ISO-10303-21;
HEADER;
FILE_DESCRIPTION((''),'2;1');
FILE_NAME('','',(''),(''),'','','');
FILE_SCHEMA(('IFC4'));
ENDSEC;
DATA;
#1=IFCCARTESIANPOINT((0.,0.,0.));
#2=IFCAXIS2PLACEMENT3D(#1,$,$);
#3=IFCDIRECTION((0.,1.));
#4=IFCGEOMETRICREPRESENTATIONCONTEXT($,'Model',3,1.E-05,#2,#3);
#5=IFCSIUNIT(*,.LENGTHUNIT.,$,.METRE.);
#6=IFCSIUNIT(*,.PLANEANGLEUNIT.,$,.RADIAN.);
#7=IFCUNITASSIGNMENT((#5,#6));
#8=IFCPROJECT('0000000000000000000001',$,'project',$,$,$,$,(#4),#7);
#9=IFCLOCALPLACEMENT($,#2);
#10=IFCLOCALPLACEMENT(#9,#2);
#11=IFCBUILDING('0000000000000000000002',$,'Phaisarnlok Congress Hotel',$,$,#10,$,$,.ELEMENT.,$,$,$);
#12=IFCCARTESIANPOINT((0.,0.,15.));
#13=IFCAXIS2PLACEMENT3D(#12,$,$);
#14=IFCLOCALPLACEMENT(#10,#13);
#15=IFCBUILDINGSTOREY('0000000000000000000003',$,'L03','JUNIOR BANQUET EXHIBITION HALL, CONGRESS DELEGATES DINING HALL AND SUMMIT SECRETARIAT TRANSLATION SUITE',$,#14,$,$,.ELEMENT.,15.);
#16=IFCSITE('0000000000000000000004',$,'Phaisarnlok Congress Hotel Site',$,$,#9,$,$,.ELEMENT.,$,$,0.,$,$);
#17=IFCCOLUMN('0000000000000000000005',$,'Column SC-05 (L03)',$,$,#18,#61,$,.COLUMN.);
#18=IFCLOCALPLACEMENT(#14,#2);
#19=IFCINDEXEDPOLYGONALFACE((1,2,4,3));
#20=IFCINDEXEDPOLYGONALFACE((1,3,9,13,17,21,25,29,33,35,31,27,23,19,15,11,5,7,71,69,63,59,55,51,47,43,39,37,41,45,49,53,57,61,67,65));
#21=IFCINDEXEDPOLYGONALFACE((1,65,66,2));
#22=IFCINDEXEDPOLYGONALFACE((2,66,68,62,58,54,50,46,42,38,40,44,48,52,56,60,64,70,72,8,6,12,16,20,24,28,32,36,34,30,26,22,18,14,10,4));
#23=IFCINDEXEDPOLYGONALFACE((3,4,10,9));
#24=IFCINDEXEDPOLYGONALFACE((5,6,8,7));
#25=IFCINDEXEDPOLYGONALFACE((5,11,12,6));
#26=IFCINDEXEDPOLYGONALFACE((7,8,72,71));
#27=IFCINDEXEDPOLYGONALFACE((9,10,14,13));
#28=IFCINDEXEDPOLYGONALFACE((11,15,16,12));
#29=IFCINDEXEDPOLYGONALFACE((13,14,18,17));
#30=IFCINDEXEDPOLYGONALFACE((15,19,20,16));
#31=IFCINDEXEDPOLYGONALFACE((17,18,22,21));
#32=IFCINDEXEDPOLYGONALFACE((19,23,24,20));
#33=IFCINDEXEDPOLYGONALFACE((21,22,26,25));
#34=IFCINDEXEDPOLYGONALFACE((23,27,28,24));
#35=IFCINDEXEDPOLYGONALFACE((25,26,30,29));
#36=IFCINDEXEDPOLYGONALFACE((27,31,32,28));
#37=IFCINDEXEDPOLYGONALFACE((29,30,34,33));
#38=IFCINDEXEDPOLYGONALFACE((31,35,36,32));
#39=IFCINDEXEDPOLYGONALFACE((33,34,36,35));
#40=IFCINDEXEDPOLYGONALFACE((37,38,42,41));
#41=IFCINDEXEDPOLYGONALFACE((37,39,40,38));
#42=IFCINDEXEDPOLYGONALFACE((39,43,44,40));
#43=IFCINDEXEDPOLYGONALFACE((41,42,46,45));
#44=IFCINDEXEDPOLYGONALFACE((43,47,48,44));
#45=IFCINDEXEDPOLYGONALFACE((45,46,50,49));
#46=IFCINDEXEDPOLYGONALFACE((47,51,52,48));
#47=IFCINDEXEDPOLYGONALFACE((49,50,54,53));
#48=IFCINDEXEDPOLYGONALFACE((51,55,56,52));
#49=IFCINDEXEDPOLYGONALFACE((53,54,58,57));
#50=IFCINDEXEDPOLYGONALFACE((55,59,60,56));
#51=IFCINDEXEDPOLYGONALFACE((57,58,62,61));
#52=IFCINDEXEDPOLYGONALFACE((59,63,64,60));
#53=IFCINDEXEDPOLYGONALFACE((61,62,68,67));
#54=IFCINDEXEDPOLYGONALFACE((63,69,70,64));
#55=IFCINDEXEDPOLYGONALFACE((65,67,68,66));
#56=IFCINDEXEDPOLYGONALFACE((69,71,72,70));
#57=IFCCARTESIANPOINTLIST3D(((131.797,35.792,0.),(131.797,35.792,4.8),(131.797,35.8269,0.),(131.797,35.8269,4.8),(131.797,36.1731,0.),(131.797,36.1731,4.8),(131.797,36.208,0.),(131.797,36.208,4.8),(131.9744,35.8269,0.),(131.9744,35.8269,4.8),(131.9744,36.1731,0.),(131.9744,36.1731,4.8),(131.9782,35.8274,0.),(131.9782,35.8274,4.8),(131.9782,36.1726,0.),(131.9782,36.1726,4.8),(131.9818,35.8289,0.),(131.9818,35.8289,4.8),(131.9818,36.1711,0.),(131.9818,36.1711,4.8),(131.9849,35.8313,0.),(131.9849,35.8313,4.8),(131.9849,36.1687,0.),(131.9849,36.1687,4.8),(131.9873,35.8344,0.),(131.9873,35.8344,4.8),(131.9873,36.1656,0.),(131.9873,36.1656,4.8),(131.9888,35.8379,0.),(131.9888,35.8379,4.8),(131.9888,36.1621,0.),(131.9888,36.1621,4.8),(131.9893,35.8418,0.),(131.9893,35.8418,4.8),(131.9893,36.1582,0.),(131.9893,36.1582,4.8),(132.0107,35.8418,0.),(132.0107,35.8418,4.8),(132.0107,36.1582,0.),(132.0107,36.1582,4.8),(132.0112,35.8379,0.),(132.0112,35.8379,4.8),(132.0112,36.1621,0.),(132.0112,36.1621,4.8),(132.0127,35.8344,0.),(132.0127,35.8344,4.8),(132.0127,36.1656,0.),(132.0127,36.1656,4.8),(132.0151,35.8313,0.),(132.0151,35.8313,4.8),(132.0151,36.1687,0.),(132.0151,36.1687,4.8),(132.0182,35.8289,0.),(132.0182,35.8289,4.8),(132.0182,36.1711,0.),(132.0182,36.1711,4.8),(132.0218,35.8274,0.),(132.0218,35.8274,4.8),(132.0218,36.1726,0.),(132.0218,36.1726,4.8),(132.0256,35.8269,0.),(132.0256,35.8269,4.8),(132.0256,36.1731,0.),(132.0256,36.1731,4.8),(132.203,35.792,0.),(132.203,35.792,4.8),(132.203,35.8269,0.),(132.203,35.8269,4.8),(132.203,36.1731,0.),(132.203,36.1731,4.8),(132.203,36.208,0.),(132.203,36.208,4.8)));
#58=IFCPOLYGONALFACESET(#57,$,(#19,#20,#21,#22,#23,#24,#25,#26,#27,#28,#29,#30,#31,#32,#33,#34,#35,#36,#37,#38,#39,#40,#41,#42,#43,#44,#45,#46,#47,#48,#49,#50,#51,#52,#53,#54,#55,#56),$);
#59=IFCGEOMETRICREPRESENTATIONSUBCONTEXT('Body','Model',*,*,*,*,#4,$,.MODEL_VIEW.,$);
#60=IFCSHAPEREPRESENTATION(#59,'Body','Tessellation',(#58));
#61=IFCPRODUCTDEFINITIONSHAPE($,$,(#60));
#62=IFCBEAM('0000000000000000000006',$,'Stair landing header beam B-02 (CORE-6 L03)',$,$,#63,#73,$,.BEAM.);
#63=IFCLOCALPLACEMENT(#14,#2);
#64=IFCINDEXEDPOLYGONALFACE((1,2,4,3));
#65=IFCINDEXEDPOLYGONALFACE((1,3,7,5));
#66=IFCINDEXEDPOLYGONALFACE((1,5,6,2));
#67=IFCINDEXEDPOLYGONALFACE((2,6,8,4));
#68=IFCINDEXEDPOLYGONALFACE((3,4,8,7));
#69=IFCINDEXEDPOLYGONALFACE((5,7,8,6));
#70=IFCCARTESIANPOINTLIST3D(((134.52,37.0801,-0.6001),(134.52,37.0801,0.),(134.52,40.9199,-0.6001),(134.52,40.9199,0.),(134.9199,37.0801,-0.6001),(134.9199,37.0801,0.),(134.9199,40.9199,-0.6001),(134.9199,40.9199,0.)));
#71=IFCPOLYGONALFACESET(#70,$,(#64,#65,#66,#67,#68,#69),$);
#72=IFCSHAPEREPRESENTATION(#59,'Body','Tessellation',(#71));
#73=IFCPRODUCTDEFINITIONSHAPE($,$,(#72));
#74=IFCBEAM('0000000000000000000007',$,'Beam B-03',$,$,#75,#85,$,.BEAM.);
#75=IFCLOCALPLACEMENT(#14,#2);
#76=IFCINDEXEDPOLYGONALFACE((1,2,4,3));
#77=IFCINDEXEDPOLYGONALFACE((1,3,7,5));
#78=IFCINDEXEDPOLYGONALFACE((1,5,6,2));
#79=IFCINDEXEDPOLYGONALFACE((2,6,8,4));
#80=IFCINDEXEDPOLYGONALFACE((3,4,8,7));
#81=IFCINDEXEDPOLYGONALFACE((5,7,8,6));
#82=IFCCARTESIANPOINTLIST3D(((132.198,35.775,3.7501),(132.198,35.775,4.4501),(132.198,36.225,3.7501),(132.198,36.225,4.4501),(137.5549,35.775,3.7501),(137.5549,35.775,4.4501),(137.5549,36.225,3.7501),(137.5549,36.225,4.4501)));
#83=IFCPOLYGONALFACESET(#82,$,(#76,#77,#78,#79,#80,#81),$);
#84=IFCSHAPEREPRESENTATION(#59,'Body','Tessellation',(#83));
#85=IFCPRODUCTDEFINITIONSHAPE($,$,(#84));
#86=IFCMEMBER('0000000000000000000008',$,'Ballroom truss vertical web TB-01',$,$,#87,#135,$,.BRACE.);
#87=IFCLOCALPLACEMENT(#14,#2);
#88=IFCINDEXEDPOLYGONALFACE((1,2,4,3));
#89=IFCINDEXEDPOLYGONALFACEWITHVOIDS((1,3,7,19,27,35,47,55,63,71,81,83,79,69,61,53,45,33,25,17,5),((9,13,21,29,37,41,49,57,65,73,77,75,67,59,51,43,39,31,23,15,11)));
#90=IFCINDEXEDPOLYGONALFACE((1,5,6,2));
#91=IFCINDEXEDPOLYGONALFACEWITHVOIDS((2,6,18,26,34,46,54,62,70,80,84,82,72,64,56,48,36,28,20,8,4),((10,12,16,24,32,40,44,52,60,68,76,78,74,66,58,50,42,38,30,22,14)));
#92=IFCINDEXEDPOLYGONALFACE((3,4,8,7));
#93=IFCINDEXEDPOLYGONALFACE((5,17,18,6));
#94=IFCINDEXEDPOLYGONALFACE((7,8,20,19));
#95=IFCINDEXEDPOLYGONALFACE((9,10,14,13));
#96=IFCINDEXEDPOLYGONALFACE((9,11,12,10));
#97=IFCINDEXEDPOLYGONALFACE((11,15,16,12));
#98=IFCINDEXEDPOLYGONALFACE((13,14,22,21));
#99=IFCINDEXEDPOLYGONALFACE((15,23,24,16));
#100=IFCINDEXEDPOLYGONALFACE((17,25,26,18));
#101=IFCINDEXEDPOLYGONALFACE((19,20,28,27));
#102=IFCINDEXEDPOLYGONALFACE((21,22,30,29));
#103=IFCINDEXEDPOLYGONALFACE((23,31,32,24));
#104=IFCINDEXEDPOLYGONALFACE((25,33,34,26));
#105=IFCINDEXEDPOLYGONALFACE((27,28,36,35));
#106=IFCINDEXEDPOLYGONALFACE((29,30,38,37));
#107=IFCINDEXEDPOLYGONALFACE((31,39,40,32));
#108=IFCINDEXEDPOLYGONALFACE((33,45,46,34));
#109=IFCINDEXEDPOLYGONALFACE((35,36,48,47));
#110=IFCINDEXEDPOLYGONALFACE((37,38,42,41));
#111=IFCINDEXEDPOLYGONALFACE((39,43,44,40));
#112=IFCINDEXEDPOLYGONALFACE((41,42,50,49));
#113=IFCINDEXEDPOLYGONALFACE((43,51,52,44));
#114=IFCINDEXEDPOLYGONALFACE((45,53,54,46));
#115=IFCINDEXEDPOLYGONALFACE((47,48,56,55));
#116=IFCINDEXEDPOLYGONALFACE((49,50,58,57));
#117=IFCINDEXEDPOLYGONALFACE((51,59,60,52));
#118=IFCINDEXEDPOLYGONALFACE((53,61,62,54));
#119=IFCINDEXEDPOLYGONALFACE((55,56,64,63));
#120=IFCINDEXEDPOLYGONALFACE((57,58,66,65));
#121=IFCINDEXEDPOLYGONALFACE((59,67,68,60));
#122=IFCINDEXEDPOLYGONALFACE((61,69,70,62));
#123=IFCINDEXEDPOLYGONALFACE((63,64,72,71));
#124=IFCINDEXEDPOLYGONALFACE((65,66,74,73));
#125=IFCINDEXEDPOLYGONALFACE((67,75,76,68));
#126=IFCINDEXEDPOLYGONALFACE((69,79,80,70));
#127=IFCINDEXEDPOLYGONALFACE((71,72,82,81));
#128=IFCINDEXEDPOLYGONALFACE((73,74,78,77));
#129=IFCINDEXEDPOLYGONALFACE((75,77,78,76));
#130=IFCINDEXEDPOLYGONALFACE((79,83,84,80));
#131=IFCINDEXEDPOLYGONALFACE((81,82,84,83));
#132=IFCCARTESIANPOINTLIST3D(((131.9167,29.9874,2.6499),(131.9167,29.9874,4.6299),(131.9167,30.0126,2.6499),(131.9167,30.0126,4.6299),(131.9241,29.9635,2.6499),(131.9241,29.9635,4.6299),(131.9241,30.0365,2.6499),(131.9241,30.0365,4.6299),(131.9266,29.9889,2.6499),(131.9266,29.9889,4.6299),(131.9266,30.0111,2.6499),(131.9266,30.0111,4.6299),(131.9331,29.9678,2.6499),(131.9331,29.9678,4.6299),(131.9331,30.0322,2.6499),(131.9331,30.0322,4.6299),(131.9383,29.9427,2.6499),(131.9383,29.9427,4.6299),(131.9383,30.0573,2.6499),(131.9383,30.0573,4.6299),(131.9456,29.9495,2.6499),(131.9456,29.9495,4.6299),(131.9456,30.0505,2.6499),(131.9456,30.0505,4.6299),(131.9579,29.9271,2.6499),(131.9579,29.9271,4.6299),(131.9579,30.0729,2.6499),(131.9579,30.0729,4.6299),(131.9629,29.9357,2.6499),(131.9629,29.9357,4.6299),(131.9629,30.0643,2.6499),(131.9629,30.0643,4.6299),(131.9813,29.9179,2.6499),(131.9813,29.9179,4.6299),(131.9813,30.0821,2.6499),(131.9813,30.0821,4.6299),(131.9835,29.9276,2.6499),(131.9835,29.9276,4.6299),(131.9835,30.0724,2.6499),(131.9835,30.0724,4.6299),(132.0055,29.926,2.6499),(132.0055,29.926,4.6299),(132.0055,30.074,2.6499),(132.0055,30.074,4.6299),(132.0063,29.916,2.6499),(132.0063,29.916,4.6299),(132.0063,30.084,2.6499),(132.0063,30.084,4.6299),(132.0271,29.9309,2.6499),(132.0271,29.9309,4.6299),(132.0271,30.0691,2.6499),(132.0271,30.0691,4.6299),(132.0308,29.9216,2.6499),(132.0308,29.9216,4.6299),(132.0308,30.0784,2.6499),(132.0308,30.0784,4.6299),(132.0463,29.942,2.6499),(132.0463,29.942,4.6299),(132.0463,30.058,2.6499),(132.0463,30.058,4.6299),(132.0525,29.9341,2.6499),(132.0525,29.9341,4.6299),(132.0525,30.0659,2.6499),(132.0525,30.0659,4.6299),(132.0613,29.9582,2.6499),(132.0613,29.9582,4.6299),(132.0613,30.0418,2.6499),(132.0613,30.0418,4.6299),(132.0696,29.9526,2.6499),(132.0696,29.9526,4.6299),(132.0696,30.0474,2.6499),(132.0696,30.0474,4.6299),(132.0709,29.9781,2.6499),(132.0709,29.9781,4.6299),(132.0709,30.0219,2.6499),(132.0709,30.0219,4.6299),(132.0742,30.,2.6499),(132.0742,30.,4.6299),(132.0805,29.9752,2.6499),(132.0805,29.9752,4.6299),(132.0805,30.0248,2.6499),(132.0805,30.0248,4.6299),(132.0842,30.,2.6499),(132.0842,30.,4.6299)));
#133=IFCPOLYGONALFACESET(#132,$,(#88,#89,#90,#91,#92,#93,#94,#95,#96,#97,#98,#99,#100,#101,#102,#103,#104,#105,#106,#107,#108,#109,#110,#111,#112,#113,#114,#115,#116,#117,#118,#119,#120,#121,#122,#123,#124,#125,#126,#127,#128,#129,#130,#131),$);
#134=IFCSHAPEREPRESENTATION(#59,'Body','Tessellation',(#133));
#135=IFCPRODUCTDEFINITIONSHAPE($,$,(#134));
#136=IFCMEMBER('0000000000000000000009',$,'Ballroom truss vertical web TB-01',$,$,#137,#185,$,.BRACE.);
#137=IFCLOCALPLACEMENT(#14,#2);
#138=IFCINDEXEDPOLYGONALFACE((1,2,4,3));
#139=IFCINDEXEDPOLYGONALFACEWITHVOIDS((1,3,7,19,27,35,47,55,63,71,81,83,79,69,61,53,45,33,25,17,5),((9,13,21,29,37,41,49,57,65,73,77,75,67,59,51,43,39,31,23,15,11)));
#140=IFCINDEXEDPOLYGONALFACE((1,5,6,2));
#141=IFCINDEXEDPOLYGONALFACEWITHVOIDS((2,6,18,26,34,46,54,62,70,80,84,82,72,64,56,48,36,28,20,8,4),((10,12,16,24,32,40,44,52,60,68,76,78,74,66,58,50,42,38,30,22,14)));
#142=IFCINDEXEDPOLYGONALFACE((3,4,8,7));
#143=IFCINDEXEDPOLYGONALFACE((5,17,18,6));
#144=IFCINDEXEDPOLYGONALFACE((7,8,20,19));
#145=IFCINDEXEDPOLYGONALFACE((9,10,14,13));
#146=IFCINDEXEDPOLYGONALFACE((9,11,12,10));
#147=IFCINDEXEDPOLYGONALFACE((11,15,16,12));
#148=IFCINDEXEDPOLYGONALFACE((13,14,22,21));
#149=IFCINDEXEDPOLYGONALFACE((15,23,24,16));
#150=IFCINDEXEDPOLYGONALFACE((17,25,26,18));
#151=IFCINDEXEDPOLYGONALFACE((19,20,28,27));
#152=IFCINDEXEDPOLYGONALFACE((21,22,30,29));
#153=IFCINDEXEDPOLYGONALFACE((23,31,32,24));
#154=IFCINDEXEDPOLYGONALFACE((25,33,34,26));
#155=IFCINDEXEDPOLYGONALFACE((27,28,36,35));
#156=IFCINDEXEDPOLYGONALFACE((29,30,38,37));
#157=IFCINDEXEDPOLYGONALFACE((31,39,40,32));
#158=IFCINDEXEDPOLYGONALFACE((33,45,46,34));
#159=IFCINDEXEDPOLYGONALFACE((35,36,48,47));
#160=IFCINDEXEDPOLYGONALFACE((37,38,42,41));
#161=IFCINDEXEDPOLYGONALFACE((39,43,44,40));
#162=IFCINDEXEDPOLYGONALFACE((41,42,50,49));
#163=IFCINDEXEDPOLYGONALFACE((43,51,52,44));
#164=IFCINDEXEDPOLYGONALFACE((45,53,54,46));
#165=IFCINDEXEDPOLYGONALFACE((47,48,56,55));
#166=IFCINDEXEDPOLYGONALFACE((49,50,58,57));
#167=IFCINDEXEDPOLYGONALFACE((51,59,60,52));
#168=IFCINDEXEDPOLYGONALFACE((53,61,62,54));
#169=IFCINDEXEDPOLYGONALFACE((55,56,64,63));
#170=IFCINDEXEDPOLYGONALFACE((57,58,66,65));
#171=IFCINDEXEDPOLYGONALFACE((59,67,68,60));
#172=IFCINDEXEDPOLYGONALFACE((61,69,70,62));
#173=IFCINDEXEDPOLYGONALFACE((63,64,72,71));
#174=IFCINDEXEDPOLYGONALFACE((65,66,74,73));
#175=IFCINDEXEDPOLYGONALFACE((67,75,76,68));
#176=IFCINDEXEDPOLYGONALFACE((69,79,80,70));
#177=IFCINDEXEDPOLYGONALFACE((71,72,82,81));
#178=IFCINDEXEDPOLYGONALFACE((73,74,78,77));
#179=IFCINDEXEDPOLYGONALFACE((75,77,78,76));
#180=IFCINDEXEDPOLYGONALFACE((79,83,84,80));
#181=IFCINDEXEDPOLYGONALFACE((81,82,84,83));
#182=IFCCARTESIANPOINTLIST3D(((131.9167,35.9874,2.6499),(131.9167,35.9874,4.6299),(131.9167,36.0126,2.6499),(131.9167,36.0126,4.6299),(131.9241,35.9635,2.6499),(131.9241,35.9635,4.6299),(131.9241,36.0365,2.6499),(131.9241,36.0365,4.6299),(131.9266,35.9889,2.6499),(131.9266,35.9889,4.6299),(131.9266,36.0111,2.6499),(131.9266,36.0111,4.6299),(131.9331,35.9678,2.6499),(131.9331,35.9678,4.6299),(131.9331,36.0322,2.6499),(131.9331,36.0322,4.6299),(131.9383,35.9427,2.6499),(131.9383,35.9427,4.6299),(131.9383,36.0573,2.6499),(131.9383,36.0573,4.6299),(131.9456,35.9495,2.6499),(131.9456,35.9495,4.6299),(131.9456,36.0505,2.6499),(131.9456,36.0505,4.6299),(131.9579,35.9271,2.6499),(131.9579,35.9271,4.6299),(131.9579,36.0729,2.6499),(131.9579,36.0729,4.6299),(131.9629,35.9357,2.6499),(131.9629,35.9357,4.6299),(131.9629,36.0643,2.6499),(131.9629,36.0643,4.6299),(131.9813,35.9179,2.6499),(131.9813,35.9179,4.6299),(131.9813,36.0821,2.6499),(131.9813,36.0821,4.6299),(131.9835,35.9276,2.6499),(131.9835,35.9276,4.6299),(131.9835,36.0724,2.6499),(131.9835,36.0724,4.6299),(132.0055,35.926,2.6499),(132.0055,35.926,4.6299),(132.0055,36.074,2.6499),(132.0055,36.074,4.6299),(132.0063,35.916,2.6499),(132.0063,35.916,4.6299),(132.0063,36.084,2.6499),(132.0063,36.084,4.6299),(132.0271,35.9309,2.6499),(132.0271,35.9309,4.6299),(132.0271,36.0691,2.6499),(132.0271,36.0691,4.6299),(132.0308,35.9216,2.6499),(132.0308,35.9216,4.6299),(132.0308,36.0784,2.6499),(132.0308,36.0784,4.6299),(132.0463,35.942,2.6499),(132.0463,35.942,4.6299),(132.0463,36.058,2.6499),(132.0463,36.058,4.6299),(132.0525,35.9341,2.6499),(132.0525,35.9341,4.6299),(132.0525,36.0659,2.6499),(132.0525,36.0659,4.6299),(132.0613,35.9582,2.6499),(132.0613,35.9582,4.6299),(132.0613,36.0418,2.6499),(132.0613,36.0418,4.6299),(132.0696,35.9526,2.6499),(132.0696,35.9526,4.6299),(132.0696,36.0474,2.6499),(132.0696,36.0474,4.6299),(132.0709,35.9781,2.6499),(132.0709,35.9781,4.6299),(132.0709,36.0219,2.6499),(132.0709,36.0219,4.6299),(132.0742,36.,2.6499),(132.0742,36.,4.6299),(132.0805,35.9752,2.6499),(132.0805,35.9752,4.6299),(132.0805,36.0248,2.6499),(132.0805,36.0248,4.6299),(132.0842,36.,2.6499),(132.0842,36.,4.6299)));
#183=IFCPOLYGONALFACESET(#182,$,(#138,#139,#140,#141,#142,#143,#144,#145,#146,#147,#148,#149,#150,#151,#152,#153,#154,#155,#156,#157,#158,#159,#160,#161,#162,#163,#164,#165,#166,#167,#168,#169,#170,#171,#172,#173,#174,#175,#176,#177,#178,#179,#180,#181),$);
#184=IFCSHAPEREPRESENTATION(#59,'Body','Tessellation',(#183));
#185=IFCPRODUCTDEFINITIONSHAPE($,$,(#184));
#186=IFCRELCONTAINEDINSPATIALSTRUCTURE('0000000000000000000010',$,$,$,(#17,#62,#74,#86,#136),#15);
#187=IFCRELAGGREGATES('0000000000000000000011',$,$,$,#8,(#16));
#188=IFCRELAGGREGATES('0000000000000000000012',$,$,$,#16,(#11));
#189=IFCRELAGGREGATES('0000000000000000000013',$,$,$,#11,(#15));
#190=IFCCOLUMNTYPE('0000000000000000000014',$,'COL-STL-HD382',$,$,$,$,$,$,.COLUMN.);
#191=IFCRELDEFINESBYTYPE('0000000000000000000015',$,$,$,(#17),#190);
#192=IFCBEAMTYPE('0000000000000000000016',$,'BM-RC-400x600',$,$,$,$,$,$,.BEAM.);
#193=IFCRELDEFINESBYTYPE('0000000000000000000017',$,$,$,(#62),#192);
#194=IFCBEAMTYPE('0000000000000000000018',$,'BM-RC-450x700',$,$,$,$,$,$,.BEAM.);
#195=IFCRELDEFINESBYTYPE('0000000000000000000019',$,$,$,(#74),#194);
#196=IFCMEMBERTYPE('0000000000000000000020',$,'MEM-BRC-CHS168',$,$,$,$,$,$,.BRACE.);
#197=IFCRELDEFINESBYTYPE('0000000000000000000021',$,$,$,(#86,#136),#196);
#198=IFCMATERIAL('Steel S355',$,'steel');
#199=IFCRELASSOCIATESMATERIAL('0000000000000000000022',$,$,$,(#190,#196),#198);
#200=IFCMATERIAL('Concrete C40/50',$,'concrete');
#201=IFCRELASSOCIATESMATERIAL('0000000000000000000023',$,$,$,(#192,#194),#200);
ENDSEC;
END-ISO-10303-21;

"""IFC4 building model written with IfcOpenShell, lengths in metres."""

from ifc_helpers import new_model, si_unit, direction, frame, origin, origin_2d, place, context, subcontext, project, spatial, rectangle, hollow_circle, i_section, extrude, material, material_profile, profile_set, type_object, element, save


model = new_model("IFC4")

# Units and contexts
model_context = context("Model", 3, precision=1e-05, world=origin(), true_north=direction((0.0, 1.0)))
body_context = subcontext(model_context, "Body", "Model", "MODEL_VIEW")
ifc_project = project(units=[si_unit("LENGTHUNIT", "METRE"), si_unit("PLANEANGLEUNIT", "RADIAN")], contexts=[model_context])

# Site, building, storey
site_placement = place(None, origin())
site = spatial("IfcSite", under=ifc_project, at=site_placement, Name="Phaisarnlok Congress Hotel Site", CompositionType="ELEMENT", RefElevation=0.0)
building_placement = place(site_placement, origin())
building = spatial("IfcBuilding", under=site, at=building_placement, Name="Phaisarnlok Congress Hotel", CompositionType="ELEMENT")
storey_placement = place(building_placement, frame((0.0, 0.0, 15.0)))
storey = spatial("IfcBuildingStorey", under=building, at=storey_placement, Name="L03", Description="JUNIOR BANQUET EXHIBITION HALL, CONGRESS DELEGATES DINING HALL AND SUMMIT SECRETARIAT TRANSLATION SUITE", CompositionType="ELEMENT", Elevation=15.0)

# Column
ifc_material_1 = material(Name="Steel S355", Category="steel")
ifc_material_profile_1 = material_profile(ifc_material_1, i_section(OverallWidth=0.406, OverallDepth=0.416, WebThickness=0.0215, FlangeThickness=0.0349, FilletRadius=0.0149, at=origin_2d()), Name="HD 400x382")
ifc_profile_set_1 = profile_set([ifc_material_profile_1], Name="Steel S355")
column_type = type_object("IfcColumnType", Name="COL-STL-HD382", PredefinedType="COLUMN", material=ifc_profile_set_1)
column_placement = place(storey_placement, frame((132.0, 36.0, 0.0), z_axis=(0.0, 0.0, 1.0), x_axis=(1.0, 0.0, 0.0)))
element("IfcColumn", 1, at=column_placement, inside=storey, type_object=column_type, Name="Column SC-05 (L03)", PredefinedType="COLUMN", context=body_context, shape_type="SweptSolid", body=[
    extrude(i_section(OverallWidth=0.406, OverallDepth=0.416, WebThickness=0.0215, FlangeThickness=0.0349, FilletRadius=0.0149, at=origin_2d()), origin(), (0.0, 0.0, 1.0), 4.8),
])

# Beams
ifc_material_2 = material(Name="Concrete C40/50", Category="concrete")
ifc_material_profile_2 = material_profile(ifc_material_2, rectangle(XDim=0.3999, YDim=0.6001, at=origin_2d()), Name="RC 400x600")
ifc_profile_set_2 = profile_set([ifc_material_profile_2], Name="Concrete C40/50")
beam_type_1 = type_object("IfcBeamType", Name="BM-RC-400x600", PredefinedType="BEAM", material=ifc_profile_set_2)
beam_1_placement = place(storey_placement, frame((134.72, 37.0801, -0.3), z_axis=(0.0, 1.0, 0.0), x_axis=(-1.0, 0.0, 0.0)))
element("IfcBeam", 2, at=beam_1_placement, inside=storey, type_object=beam_type_1, Name="Stair landing header beam B-02 (CORE-6 L03)", PredefinedType="BEAM", context=body_context, shape_type="SweptSolid", body=[
    extrude(rectangle(XDim=0.3999, YDim=0.6001, at=origin_2d()), origin(), (0.0, 0.0, 1.0), 3.8398),
])
ifc_material_profile_3 = material_profile(ifc_material_2, rectangle(XDim=0.45, YDim=0.7, at=origin_2d()), Name="RC 450x700")
ifc_profile_set_3 = profile_set([ifc_material_profile_3], Name="Concrete C40/50")
beam_type_2 = type_object("IfcBeamType", Name="BM-RC-450x700", PredefinedType="BEAM", material=ifc_profile_set_3)
beam_2_placement = place(storey_placement, frame((132.198, 36.0, 4.1001), z_axis=(1.0, 0.0, 0.0), x_axis=(0.0, 1.0, 0.0)))
element("IfcBeam", 3, at=beam_2_placement, inside=storey, type_object=beam_type_2, Name="Beam B-03", PredefinedType="BEAM", context=body_context, shape_type="SweptSolid", body=[
    extrude(rectangle(XDim=0.45, YDim=0.7, at=origin_2d()), origin(), (0.0, 0.0, 1.0), 5.3569),
])

# Members
ifc_material_profile_4 = material_profile(ifc_material_1, hollow_circle(Radius=0.0842, WallThickness=0.01, at=origin_2d()), Name="CHS 168.3x10")
ifc_profile_set_4 = profile_set([ifc_material_profile_4], Name="Steel S355")
member_type_1 = type_object("IfcMemberType", Name="MEM-BRC-CHS168", PredefinedType="BRACE", material=ifc_profile_set_4)
for number, where, z_axis, x_axis, name in (
    (4, (132.0, 30.0, 2.6499), (0.0, 0.0, 1.0), (1.0, 0.0, 0.0), "Ballroom truss vertical web TB-01"),
    (5, (132.0, 36.0, 2.6499), (0.0, 0.0, 1.0), (1.0, 0.0, 0.0), "Ballroom truss vertical web TB-01"),
):
    element("IfcMember", number, at=place(storey_placement, frame(where, z_axis=z_axis, x_axis=x_axis)), inside=storey, type_object=member_type_1, Name=name, PredefinedType="BRACE", context=body_context, shape_type="SweptSolid", body=[
        extrude(hollow_circle(Radius=0.0842, WallThickness=0.01, at=origin_2d()), origin(), (0.0, 0.0, 1.0), 1.98),
    ])

save(model, "model.ifc")
